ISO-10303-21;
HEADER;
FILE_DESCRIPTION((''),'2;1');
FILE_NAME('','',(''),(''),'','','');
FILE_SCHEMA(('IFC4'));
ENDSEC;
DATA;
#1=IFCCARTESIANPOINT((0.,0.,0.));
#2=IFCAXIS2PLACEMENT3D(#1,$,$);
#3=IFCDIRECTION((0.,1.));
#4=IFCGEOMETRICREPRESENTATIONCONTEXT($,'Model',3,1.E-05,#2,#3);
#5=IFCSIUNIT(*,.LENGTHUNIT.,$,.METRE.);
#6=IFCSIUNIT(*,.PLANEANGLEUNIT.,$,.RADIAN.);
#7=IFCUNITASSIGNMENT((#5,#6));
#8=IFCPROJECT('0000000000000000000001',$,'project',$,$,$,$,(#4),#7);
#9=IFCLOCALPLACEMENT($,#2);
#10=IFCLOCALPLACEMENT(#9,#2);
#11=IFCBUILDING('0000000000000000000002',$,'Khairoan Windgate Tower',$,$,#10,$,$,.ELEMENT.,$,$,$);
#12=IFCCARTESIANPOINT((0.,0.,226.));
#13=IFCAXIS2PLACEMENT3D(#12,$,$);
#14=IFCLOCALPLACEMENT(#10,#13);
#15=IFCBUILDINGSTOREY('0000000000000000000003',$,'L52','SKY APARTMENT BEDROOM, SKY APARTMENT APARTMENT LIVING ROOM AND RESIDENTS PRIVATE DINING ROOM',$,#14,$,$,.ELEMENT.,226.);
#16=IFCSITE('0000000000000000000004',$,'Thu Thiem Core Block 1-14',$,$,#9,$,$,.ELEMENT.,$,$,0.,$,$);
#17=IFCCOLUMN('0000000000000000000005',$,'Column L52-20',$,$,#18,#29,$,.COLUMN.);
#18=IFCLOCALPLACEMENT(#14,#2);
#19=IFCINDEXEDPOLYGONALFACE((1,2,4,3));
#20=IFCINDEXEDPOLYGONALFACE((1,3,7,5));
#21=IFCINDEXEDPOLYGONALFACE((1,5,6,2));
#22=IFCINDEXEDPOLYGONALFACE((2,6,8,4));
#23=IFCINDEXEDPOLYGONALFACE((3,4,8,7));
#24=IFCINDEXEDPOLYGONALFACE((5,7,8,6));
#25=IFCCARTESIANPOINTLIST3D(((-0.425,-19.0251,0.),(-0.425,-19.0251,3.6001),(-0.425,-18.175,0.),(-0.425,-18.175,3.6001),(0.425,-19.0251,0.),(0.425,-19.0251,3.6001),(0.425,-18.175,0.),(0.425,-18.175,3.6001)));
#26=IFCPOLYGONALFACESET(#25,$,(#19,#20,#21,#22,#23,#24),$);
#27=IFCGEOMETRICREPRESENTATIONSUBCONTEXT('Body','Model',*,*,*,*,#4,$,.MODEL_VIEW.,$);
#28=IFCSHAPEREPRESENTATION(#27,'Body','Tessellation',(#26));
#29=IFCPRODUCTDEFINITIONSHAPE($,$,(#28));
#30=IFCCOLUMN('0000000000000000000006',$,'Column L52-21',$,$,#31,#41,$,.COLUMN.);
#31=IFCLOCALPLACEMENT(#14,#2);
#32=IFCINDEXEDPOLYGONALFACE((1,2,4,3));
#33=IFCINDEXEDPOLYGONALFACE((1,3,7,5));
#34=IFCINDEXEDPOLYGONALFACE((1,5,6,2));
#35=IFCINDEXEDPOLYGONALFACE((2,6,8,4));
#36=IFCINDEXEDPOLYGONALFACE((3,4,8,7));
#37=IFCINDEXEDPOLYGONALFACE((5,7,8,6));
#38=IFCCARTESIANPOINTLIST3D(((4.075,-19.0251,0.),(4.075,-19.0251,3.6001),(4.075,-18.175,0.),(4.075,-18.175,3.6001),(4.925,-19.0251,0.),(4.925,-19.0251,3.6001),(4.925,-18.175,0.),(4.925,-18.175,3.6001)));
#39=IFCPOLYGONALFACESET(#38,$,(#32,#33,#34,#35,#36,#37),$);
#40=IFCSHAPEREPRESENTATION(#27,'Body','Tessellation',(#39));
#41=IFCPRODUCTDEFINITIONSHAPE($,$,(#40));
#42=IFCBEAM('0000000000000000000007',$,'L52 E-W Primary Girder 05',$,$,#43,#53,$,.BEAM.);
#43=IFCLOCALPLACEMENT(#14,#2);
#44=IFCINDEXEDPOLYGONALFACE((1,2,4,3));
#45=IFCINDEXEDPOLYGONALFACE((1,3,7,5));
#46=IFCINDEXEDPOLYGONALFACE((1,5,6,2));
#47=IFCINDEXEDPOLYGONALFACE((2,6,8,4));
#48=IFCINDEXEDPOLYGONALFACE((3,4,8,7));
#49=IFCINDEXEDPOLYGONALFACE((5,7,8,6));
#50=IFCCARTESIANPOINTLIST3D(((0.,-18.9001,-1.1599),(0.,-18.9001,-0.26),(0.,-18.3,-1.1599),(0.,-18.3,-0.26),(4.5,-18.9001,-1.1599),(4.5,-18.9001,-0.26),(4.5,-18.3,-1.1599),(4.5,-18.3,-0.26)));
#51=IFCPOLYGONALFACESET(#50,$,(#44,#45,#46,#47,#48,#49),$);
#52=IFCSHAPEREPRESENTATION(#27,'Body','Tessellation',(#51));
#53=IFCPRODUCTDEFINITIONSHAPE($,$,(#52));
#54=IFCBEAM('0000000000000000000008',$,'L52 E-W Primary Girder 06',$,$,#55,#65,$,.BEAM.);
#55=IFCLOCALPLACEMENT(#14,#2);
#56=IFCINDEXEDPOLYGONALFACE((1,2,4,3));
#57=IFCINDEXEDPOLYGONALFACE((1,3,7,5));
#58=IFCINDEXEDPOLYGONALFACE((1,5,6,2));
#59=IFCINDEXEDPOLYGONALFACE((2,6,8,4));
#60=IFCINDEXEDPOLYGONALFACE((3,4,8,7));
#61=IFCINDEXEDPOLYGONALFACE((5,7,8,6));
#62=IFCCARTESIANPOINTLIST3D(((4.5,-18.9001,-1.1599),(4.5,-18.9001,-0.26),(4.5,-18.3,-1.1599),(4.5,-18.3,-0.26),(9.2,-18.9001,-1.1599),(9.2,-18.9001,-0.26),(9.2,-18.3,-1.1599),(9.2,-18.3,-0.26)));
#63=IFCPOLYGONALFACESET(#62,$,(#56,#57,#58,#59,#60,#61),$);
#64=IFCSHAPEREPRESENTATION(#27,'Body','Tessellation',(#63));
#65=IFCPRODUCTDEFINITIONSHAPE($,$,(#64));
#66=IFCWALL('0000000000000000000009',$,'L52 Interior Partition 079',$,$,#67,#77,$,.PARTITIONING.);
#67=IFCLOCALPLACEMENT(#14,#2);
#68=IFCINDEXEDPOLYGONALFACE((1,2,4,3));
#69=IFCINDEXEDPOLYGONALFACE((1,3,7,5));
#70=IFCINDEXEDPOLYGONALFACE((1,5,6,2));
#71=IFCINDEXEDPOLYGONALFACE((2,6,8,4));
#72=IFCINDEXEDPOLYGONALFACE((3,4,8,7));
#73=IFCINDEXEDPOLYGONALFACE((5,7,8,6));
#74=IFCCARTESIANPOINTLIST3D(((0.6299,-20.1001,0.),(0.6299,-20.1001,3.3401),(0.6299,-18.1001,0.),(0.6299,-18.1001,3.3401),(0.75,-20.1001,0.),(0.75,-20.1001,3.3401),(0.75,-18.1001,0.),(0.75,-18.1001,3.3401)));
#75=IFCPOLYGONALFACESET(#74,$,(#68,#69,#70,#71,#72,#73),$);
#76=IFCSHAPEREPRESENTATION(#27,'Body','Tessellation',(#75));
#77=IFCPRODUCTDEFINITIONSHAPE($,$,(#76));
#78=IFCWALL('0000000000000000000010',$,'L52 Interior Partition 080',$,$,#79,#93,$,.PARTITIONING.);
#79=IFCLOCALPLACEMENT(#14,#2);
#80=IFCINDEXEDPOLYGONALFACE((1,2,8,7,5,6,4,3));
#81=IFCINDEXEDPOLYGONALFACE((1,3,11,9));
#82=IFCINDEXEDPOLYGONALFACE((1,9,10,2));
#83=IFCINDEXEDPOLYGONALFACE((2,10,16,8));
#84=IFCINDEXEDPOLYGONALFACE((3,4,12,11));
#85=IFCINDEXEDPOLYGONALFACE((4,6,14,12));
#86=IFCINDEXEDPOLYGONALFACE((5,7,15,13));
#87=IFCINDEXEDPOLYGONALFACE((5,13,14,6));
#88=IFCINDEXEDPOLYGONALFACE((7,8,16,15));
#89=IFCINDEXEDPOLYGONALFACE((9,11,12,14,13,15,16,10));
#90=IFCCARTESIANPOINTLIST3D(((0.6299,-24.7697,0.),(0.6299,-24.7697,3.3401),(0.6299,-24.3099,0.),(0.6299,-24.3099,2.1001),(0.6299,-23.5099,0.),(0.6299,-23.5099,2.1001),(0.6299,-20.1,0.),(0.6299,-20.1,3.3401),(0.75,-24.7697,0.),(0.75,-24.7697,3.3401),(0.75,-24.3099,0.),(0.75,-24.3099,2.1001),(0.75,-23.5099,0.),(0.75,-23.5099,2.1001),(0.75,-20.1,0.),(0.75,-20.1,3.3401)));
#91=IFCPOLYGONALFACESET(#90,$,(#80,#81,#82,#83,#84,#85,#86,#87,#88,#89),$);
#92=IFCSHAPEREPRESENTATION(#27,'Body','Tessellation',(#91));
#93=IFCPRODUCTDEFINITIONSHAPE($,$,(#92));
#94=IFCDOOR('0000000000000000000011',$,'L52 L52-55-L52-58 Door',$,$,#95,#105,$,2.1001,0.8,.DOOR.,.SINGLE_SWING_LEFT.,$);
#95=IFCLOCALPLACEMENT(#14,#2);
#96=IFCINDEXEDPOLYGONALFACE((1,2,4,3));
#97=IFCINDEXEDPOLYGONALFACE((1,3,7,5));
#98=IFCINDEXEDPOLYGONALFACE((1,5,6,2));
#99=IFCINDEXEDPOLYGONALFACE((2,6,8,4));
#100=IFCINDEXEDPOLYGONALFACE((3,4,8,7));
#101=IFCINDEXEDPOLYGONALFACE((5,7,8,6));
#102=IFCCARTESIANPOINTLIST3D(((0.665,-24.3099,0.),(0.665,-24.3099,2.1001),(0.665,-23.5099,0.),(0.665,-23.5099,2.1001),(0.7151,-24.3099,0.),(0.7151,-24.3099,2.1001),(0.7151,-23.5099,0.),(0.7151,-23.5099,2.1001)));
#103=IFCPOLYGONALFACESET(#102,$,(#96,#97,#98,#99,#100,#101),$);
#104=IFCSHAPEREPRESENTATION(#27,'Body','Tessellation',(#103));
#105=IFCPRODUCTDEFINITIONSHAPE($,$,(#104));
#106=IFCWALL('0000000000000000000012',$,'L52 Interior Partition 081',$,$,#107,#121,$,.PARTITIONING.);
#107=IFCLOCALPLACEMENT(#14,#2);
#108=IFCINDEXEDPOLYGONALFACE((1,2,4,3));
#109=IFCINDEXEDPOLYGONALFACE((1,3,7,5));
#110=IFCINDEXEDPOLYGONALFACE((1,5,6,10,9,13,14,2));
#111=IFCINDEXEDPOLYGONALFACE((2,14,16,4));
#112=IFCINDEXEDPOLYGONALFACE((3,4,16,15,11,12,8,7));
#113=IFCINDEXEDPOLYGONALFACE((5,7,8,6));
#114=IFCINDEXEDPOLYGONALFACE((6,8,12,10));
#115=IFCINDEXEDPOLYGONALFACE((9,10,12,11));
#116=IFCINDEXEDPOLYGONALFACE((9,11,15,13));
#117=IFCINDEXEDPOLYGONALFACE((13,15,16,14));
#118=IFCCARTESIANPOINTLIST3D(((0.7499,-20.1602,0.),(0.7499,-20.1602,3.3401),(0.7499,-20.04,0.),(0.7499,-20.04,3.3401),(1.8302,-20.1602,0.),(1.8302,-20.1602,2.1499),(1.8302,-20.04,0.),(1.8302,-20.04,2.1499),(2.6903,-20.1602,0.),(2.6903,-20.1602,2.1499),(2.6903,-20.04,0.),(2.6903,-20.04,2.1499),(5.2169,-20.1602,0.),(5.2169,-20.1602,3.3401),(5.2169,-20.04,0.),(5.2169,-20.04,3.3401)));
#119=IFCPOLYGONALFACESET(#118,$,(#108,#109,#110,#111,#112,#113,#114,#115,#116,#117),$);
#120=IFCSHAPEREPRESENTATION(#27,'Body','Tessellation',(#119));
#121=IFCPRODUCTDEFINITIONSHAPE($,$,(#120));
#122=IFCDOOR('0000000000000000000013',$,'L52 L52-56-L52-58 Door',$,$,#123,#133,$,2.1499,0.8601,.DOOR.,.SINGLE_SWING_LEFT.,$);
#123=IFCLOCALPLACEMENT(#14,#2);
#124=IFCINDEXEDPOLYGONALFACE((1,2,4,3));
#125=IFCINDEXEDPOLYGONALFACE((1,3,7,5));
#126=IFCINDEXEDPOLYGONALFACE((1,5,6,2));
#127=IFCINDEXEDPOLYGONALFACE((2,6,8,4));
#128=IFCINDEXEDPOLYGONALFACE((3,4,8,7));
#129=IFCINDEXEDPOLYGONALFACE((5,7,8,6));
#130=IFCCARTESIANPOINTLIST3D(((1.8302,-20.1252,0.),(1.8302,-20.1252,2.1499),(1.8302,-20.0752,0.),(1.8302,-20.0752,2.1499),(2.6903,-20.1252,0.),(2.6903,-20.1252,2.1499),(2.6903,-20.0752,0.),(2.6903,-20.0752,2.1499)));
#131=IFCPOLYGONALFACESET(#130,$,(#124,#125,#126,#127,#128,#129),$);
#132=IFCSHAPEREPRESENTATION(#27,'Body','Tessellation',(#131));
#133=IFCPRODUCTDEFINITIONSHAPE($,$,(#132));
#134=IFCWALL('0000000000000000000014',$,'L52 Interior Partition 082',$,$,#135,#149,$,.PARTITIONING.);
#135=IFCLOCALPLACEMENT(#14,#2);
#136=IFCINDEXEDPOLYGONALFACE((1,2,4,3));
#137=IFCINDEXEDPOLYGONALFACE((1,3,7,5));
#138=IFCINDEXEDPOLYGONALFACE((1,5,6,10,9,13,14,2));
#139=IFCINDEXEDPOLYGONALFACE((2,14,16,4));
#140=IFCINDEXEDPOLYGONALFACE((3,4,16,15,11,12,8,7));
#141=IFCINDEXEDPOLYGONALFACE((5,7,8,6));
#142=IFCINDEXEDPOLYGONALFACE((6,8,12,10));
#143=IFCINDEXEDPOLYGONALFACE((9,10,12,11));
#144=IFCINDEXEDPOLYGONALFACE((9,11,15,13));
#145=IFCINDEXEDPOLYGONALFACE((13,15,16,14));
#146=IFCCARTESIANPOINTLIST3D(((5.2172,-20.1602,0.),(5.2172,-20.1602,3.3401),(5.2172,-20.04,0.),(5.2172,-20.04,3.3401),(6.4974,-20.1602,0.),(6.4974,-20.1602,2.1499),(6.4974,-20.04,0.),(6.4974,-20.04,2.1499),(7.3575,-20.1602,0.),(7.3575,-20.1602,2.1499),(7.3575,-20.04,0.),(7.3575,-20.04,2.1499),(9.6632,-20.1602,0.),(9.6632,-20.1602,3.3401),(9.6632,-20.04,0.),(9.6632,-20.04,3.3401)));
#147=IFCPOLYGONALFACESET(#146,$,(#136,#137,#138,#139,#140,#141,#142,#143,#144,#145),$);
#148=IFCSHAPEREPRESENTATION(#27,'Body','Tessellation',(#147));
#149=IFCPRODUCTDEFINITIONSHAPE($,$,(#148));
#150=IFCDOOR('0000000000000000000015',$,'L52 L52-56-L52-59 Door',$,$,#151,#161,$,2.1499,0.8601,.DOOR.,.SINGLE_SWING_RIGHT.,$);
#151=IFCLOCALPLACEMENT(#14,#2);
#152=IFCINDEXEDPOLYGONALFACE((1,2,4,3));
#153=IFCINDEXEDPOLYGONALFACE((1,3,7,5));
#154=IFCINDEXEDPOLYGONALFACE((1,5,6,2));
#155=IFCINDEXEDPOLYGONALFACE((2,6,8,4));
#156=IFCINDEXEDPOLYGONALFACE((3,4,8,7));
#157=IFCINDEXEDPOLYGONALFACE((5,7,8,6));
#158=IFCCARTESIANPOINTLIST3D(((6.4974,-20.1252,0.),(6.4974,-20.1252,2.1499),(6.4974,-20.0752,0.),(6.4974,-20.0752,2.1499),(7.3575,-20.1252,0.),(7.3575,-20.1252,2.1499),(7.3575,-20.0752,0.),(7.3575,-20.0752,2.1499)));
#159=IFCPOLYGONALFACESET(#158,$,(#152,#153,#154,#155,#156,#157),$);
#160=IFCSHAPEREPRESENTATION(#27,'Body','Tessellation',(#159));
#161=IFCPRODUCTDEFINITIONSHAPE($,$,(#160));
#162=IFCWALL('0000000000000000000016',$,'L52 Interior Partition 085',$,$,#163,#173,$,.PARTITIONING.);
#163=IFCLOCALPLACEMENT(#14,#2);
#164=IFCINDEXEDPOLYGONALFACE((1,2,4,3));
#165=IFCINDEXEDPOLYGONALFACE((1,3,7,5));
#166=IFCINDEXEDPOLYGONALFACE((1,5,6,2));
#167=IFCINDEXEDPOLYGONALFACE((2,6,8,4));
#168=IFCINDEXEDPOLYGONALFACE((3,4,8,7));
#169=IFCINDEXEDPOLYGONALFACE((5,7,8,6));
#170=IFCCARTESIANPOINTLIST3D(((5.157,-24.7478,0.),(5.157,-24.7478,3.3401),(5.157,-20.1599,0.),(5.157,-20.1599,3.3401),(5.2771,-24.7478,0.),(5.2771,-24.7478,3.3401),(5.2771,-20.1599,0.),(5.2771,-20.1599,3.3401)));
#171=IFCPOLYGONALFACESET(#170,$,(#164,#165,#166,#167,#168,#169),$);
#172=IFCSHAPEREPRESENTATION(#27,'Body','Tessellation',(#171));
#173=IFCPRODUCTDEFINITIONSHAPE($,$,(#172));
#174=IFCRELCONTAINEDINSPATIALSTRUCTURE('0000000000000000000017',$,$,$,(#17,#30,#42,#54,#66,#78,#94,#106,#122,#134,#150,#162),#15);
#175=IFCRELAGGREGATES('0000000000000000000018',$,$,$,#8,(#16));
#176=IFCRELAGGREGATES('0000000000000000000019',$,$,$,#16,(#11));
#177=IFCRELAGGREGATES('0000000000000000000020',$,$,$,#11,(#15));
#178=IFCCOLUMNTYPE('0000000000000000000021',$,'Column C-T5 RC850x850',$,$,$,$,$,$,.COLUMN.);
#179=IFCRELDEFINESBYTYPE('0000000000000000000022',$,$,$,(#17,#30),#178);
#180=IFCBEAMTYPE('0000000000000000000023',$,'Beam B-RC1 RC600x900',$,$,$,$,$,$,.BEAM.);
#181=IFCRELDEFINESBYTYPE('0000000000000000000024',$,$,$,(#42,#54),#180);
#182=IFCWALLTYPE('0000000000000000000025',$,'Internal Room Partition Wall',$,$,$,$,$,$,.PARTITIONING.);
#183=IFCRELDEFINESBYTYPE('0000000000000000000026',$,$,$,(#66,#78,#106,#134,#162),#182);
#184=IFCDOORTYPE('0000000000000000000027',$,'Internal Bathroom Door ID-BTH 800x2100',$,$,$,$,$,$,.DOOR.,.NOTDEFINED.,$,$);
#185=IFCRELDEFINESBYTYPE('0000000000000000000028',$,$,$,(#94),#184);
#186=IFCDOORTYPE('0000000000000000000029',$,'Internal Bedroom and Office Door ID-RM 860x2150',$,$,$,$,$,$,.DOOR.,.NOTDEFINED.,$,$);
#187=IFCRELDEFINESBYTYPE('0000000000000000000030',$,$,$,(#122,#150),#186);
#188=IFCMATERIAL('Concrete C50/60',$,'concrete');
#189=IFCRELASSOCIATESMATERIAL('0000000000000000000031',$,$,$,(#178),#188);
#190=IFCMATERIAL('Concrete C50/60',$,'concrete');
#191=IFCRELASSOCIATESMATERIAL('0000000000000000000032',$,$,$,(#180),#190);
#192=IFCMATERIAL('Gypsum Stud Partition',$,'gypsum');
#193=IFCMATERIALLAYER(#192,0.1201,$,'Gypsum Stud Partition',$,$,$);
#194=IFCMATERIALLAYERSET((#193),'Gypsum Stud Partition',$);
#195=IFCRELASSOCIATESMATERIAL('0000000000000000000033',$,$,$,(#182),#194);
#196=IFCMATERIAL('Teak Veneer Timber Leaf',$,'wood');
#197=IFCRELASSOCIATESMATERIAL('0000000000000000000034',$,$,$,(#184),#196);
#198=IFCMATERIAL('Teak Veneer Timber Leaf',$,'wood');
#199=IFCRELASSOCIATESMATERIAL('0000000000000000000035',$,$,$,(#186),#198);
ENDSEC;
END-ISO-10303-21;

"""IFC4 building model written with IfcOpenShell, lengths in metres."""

from ifc_helpers import new_model, si_unit, direction, frame, frame_2d, origin, origin_2d, place, context, subcontext, project, spatial, rectangle, extrude, material, layer, layer_set, material_profile, profile_set, type_object, element, fill, save


model = new_model("IFC4")

# Units and contexts
model_context = context("Model", 3, precision=1e-05, world=origin(), true_north=direction((0.0, 1.0)))
body_context = subcontext(model_context, "Body", "Model", "MODEL_VIEW")
ifc_project = project(units=[si_unit("LENGTHUNIT", "METRE"), si_unit("PLANEANGLEUNIT", "RADIAN")], contexts=[model_context])

# Site, building, storey
site_placement = place(None, origin())
site = spatial("IfcSite", under=ifc_project, at=site_placement, Name="Thu Thiem Core Block 1-14", CompositionType="ELEMENT", RefElevation=0.0)
building_placement = place(site_placement, origin())
building = spatial("IfcBuilding", under=site, at=building_placement, Name="Khairoan Windgate Tower", CompositionType="ELEMENT")
storey_placement = place(building_placement, frame((0.0, 0.0, 226.0)))
storey = spatial("IfcBuildingStorey", under=building, at=storey_placement, Name="L52", Description="SKY APARTMENT BEDROOM, SKY APARTMENT APARTMENT LIVING ROOM AND RESIDENTS PRIVATE DINING ROOM", CompositionType="ELEMENT", Elevation=226.0)

# Columns
ifc_material_1 = material(Name="Concrete C50/60", Category="concrete")
ifc_material_profile_1 = material_profile(ifc_material_1, rectangle(XDim=0.8501, YDim=0.8501, at=origin_2d()))
ifc_profile_set_1 = profile_set([ifc_material_profile_1], Name="Concrete C50/60")
column_type = type_object("IfcColumnType", Name="Column C-T5 RC850x850", PredefinedType="COLUMN", material=ifc_profile_set_1)
for number, where, z_axis, x_axis, name in (
    (1, (0.0, -18.6001, 0.0), (0.0, 0.0, 1.0), (1.0, 0.0, 0.0), "Column L52-20"),
    (2, (4.5, -18.6001, 0.0), (0.0, 0.0, 1.0), (1.0, 0.0, 0.0), "Column L52-21"),
):
    element("IfcColumn", number, at=place(storey_placement, frame(where, z_axis=z_axis, x_axis=x_axis)), inside=storey, type_object=column_type, Name=name, PredefinedType="COLUMN", context=body_context, shape_type="SweptSolid", body=[
        extrude(rectangle(XDim=0.8501, YDim=0.8501, at=origin_2d()), origin(), (0.0, 0.0, 1.0), 3.6001),
    ])

# Beams
ifc_material_2 = material(Name="Concrete C50/60", Category="concrete")
ifc_material_profile_2 = material_profile(ifc_material_2, rectangle(XDim=0.6001, YDim=0.8999, at=origin_2d()))
ifc_profile_set_2 = profile_set([ifc_material_profile_2], Name="Concrete C50/60")
beam_type = type_object("IfcBeamType", Name="Beam B-RC1 RC600x900", PredefinedType="BEAM", material=ifc_profile_set_2)
beam_1_placement = place(storey_placement, frame((0.0, -18.6001, -0.71), z_axis=(1.0, 0.0, 0.0), x_axis=(0.0, 1.0, 0.0)))
element("IfcBeam", 3, at=beam_1_placement, inside=storey, type_object=beam_type, Name="L52 E-W Primary Girder 05", PredefinedType="BEAM", context=body_context, shape_type="SweptSolid", body=[
    extrude(rectangle(XDim=0.6001, YDim=0.8999, at=origin_2d()), origin(), (0.0, 0.0, 1.0), 4.5),
])
beam_2_placement = place(storey_placement, frame((4.5, -18.6001, -0.71), z_axis=(1.0, 0.0, 0.0), x_axis=(0.0, 1.0, 0.0)))
element("IfcBeam", 4, at=beam_2_placement, inside=storey, type_object=beam_type, Name="L52 E-W Primary Girder 06", PredefinedType="BEAM", context=body_context, shape_type="SweptSolid", body=[
    extrude(rectangle(XDim=0.6001, YDim=0.8999, at=origin_2d()), origin(), (0.0, 0.0, 1.0), 4.7),
])

# Wall
ifc_material_3 = material(Name="Gypsum Stud Partition", Category="gypsum")
ifc_layer = layer(ifc_material_3, 0.1201, Name="Gypsum Stud Partition")
ifc_layer_set = layer_set([ifc_layer], Name="Gypsum Stud Partition")
wall_type = type_object("IfcWallType", Name="Internal Room Partition Wall", PredefinedType="PARTITIONING", material=ifc_layer_set)
wall_1_placement = place(storey_placement, frame((0.6899, -20.1001, 0.0), z_axis=(0.0, 0.0, 1.0), x_axis=(0.0, 1.0, 0.0)))
element("IfcWall", 5, at=wall_1_placement, inside=storey, type_object=wall_type, Name="L52 Interior Partition 079", PredefinedType="PARTITIONING", context=body_context, shape_type="SweptSolid", body=[
    extrude(rectangle(XDim=2.0, YDim=0.1201, at=frame_2d((1.0, 0.0))), origin(), (0.0, 0.0, 1.0), 3.3401),
])

# Walls, openings, doors
wall_2_placement = place(storey_placement, frame((0.6899, -24.7698, 0.0), z_axis=(0.0, 0.0, 1.0), x_axis=(0.0, 1.0, 0.0)))
wall_2 = element("IfcWall", 6, at=wall_2_placement, inside=storey, type_object=wall_type, Name="L52 Interior Partition 080", PredefinedType="PARTITIONING", context=body_context, shape_type="SweptSolid", body=[
    extrude(rectangle(XDim=4.6697, YDim=0.1201, at=frame_2d((2.335, 0.0))), origin(), (0.0, 0.0, 1.0), 3.3401),
])
opening_1_placement = place(wall_2_placement, frame((0.46, 0.0, 0.0)))
opening_1 = element("IfcOpeningElement", 7, at=opening_1_placement, cuts=wall_2, PredefinedType="OPENING", context=body_context, shape_type="SweptSolid", body=[
    extrude(rectangle(XDim=0.8, YDim=2.1001, at=frame_2d((0.3999, 1.05))), frame((0.0, 0.0701, 0.0), z_axis=(0.0, -1.0, 0.0), x_axis=(1.0, 0.0, 0.0)), (0.0, 0.0, 1.0), 0.1401),
])
ifc_material_4 = material(Name="Teak Veneer Timber Leaf", Category="wood")
door_type_1 = type_object("IfcDoorType", Name="Internal Bathroom Door ID-BTH 800x2100", OperationType="NOTDEFINED", PredefinedType="DOOR", material=ifc_material_4)
door_1_placement = place(opening_1_placement, origin())
door_1 = element("IfcDoor", 8, at=door_1_placement, inside=storey, type_object=door_type_1, Name="L52 L52-55-L52-58 Door", OperationType="SINGLE_SWING_LEFT", OverallHeight=2.1001, OverallWidth=0.8, PredefinedType="DOOR", context=body_context, shape_type="SweptSolid", body=[
    extrude(rectangle(XDim=0.8, YDim=2.1001, at=frame_2d((0.3999, 1.05))), frame((0.0, 0.0249, 0.0), z_axis=(0.0, -1.0, 0.0), x_axis=(1.0, 0.0, 0.0)), (0.0, 0.0, 1.0), 0.05),
])
fill(opening_1, door_1)
wall_3_placement = place(storey_placement, frame((0.75, -20.1001, 0.0), z_axis=(0.0, 0.0, 1.0), x_axis=(1.0, 0.0, 0.0)))
wall_3 = element("IfcWall", 9, at=wall_3_placement, inside=storey, type_object=wall_type, Name="L52 Interior Partition 081", PredefinedType="PARTITIONING", context=body_context, shape_type="SweptSolid", body=[
    extrude(rectangle(XDim=4.467, YDim=0.1201, at=frame_2d((2.2334, 0.0))), origin(), (0.0, 0.0, 1.0), 3.3401),
])
opening_2_placement = place(wall_3_placement, frame((1.0801, 0.0, 0.0)))
opening_2 = element("IfcOpeningElement", 10, at=opening_2_placement, cuts=wall_3, PredefinedType="OPENING", context=body_context, shape_type="SweptSolid", body=[
    extrude(rectangle(XDim=0.8601, YDim=2.1499, at=frame_2d((0.4302, 1.075))), frame((0.0, 0.0701, 0.0), z_axis=(0.0, -1.0, 0.0), x_axis=(1.0, 0.0, 0.0)), (0.0, 0.0, 1.0), 0.1401),
])
ifc_material_5 = material(Name="Teak Veneer Timber Leaf", Category="wood")
door_type_2 = type_object("IfcDoorType", Name="Internal Bedroom and Office Door ID-RM 860x2150", OperationType="NOTDEFINED", PredefinedType="DOOR", material=ifc_material_5)
door_2_placement = place(opening_2_placement, origin())
door_2 = element("IfcDoor", 11, at=door_2_placement, inside=storey, type_object=door_type_2, Name="L52 L52-56-L52-58 Door", OperationType="SINGLE_SWING_LEFT", OverallHeight=2.1499, OverallWidth=0.8601, PredefinedType="DOOR", context=body_context, shape_type="SweptSolid", body=[
    extrude(rectangle(XDim=0.8601, YDim=2.1499, at=frame_2d((0.4302, 1.075))), frame((0.0, 0.0249, 0.0), z_axis=(0.0, -1.0, 0.0), x_axis=(1.0, 0.0, 0.0)), (0.0, 0.0, 1.0), 0.05),
])
fill(opening_2, door_2)
wall_4_placement = place(storey_placement, frame((5.217, -20.1001, 0.0), z_axis=(0.0, 0.0, 1.0), x_axis=(1.0, 0.0, 0.0)))
wall_4 = element("IfcWall", 12, at=wall_4_placement, inside=storey, type_object=wall_type, Name="L52 Interior Partition 082", PredefinedType="PARTITIONING", context=body_context, shape_type="SweptSolid", body=[
    extrude(rectangle(XDim=4.446, YDim=0.1201, at=frame_2d((2.2231, 0.0))), origin(), (0.0, 0.0, 1.0), 3.3401),
])
opening_3_placement = place(wall_4_placement, frame((1.2803, 0.0, 0.0)))
opening_3 = element("IfcOpeningElement", 13, at=opening_3_placement, cuts=wall_4, PredefinedType="OPENING", context=body_context, shape_type="SweptSolid", body=[
    extrude(rectangle(XDim=0.8601, YDim=2.1499, at=frame_2d((0.4302, 1.075))), frame((0.0, 0.0701, 0.0), z_axis=(0.0, -1.0, 0.0), x_axis=(1.0, 0.0, 0.0)), (0.0, 0.0, 1.0), 0.1401),
])
door_3_placement = place(opening_3_placement, origin())
door_3 = element("IfcDoor", 14, at=door_3_placement, inside=storey, type_object=door_type_2, Name="L52 L52-56-L52-59 Door", OperationType="SINGLE_SWING_RIGHT", OverallHeight=2.1499, OverallWidth=0.8601, PredefinedType="DOOR", context=body_context, shape_type="SweptSolid", body=[
    extrude(rectangle(XDim=0.8601, YDim=2.1499, at=frame_2d((0.4302, 1.075))), frame((0.0, 0.0249, 0.0), z_axis=(0.0, -1.0, 0.0), x_axis=(1.0, 0.0, 0.0)), (0.0, 0.0, 1.0), 0.05),
])
fill(opening_3, door_3)

# Wall
wall_5_placement = place(storey_placement, frame((5.217, -24.7478, 0.0), z_axis=(0.0, 0.0, 1.0), x_axis=(0.0, 1.0, 0.0)))
element("IfcWall", 15, at=wall_5_placement, inside=storey, type_object=wall_type, Name="L52 Interior Partition 085", PredefinedType="PARTITIONING", context=body_context, shape_type="SweptSolid", body=[
    extrude(rectangle(XDim=4.5879, YDim=0.1201, at=frame_2d((2.2939, 0.0))), origin(), (0.0, 0.0, 1.0), 3.3401),
])

save(model, "model.ifc")
